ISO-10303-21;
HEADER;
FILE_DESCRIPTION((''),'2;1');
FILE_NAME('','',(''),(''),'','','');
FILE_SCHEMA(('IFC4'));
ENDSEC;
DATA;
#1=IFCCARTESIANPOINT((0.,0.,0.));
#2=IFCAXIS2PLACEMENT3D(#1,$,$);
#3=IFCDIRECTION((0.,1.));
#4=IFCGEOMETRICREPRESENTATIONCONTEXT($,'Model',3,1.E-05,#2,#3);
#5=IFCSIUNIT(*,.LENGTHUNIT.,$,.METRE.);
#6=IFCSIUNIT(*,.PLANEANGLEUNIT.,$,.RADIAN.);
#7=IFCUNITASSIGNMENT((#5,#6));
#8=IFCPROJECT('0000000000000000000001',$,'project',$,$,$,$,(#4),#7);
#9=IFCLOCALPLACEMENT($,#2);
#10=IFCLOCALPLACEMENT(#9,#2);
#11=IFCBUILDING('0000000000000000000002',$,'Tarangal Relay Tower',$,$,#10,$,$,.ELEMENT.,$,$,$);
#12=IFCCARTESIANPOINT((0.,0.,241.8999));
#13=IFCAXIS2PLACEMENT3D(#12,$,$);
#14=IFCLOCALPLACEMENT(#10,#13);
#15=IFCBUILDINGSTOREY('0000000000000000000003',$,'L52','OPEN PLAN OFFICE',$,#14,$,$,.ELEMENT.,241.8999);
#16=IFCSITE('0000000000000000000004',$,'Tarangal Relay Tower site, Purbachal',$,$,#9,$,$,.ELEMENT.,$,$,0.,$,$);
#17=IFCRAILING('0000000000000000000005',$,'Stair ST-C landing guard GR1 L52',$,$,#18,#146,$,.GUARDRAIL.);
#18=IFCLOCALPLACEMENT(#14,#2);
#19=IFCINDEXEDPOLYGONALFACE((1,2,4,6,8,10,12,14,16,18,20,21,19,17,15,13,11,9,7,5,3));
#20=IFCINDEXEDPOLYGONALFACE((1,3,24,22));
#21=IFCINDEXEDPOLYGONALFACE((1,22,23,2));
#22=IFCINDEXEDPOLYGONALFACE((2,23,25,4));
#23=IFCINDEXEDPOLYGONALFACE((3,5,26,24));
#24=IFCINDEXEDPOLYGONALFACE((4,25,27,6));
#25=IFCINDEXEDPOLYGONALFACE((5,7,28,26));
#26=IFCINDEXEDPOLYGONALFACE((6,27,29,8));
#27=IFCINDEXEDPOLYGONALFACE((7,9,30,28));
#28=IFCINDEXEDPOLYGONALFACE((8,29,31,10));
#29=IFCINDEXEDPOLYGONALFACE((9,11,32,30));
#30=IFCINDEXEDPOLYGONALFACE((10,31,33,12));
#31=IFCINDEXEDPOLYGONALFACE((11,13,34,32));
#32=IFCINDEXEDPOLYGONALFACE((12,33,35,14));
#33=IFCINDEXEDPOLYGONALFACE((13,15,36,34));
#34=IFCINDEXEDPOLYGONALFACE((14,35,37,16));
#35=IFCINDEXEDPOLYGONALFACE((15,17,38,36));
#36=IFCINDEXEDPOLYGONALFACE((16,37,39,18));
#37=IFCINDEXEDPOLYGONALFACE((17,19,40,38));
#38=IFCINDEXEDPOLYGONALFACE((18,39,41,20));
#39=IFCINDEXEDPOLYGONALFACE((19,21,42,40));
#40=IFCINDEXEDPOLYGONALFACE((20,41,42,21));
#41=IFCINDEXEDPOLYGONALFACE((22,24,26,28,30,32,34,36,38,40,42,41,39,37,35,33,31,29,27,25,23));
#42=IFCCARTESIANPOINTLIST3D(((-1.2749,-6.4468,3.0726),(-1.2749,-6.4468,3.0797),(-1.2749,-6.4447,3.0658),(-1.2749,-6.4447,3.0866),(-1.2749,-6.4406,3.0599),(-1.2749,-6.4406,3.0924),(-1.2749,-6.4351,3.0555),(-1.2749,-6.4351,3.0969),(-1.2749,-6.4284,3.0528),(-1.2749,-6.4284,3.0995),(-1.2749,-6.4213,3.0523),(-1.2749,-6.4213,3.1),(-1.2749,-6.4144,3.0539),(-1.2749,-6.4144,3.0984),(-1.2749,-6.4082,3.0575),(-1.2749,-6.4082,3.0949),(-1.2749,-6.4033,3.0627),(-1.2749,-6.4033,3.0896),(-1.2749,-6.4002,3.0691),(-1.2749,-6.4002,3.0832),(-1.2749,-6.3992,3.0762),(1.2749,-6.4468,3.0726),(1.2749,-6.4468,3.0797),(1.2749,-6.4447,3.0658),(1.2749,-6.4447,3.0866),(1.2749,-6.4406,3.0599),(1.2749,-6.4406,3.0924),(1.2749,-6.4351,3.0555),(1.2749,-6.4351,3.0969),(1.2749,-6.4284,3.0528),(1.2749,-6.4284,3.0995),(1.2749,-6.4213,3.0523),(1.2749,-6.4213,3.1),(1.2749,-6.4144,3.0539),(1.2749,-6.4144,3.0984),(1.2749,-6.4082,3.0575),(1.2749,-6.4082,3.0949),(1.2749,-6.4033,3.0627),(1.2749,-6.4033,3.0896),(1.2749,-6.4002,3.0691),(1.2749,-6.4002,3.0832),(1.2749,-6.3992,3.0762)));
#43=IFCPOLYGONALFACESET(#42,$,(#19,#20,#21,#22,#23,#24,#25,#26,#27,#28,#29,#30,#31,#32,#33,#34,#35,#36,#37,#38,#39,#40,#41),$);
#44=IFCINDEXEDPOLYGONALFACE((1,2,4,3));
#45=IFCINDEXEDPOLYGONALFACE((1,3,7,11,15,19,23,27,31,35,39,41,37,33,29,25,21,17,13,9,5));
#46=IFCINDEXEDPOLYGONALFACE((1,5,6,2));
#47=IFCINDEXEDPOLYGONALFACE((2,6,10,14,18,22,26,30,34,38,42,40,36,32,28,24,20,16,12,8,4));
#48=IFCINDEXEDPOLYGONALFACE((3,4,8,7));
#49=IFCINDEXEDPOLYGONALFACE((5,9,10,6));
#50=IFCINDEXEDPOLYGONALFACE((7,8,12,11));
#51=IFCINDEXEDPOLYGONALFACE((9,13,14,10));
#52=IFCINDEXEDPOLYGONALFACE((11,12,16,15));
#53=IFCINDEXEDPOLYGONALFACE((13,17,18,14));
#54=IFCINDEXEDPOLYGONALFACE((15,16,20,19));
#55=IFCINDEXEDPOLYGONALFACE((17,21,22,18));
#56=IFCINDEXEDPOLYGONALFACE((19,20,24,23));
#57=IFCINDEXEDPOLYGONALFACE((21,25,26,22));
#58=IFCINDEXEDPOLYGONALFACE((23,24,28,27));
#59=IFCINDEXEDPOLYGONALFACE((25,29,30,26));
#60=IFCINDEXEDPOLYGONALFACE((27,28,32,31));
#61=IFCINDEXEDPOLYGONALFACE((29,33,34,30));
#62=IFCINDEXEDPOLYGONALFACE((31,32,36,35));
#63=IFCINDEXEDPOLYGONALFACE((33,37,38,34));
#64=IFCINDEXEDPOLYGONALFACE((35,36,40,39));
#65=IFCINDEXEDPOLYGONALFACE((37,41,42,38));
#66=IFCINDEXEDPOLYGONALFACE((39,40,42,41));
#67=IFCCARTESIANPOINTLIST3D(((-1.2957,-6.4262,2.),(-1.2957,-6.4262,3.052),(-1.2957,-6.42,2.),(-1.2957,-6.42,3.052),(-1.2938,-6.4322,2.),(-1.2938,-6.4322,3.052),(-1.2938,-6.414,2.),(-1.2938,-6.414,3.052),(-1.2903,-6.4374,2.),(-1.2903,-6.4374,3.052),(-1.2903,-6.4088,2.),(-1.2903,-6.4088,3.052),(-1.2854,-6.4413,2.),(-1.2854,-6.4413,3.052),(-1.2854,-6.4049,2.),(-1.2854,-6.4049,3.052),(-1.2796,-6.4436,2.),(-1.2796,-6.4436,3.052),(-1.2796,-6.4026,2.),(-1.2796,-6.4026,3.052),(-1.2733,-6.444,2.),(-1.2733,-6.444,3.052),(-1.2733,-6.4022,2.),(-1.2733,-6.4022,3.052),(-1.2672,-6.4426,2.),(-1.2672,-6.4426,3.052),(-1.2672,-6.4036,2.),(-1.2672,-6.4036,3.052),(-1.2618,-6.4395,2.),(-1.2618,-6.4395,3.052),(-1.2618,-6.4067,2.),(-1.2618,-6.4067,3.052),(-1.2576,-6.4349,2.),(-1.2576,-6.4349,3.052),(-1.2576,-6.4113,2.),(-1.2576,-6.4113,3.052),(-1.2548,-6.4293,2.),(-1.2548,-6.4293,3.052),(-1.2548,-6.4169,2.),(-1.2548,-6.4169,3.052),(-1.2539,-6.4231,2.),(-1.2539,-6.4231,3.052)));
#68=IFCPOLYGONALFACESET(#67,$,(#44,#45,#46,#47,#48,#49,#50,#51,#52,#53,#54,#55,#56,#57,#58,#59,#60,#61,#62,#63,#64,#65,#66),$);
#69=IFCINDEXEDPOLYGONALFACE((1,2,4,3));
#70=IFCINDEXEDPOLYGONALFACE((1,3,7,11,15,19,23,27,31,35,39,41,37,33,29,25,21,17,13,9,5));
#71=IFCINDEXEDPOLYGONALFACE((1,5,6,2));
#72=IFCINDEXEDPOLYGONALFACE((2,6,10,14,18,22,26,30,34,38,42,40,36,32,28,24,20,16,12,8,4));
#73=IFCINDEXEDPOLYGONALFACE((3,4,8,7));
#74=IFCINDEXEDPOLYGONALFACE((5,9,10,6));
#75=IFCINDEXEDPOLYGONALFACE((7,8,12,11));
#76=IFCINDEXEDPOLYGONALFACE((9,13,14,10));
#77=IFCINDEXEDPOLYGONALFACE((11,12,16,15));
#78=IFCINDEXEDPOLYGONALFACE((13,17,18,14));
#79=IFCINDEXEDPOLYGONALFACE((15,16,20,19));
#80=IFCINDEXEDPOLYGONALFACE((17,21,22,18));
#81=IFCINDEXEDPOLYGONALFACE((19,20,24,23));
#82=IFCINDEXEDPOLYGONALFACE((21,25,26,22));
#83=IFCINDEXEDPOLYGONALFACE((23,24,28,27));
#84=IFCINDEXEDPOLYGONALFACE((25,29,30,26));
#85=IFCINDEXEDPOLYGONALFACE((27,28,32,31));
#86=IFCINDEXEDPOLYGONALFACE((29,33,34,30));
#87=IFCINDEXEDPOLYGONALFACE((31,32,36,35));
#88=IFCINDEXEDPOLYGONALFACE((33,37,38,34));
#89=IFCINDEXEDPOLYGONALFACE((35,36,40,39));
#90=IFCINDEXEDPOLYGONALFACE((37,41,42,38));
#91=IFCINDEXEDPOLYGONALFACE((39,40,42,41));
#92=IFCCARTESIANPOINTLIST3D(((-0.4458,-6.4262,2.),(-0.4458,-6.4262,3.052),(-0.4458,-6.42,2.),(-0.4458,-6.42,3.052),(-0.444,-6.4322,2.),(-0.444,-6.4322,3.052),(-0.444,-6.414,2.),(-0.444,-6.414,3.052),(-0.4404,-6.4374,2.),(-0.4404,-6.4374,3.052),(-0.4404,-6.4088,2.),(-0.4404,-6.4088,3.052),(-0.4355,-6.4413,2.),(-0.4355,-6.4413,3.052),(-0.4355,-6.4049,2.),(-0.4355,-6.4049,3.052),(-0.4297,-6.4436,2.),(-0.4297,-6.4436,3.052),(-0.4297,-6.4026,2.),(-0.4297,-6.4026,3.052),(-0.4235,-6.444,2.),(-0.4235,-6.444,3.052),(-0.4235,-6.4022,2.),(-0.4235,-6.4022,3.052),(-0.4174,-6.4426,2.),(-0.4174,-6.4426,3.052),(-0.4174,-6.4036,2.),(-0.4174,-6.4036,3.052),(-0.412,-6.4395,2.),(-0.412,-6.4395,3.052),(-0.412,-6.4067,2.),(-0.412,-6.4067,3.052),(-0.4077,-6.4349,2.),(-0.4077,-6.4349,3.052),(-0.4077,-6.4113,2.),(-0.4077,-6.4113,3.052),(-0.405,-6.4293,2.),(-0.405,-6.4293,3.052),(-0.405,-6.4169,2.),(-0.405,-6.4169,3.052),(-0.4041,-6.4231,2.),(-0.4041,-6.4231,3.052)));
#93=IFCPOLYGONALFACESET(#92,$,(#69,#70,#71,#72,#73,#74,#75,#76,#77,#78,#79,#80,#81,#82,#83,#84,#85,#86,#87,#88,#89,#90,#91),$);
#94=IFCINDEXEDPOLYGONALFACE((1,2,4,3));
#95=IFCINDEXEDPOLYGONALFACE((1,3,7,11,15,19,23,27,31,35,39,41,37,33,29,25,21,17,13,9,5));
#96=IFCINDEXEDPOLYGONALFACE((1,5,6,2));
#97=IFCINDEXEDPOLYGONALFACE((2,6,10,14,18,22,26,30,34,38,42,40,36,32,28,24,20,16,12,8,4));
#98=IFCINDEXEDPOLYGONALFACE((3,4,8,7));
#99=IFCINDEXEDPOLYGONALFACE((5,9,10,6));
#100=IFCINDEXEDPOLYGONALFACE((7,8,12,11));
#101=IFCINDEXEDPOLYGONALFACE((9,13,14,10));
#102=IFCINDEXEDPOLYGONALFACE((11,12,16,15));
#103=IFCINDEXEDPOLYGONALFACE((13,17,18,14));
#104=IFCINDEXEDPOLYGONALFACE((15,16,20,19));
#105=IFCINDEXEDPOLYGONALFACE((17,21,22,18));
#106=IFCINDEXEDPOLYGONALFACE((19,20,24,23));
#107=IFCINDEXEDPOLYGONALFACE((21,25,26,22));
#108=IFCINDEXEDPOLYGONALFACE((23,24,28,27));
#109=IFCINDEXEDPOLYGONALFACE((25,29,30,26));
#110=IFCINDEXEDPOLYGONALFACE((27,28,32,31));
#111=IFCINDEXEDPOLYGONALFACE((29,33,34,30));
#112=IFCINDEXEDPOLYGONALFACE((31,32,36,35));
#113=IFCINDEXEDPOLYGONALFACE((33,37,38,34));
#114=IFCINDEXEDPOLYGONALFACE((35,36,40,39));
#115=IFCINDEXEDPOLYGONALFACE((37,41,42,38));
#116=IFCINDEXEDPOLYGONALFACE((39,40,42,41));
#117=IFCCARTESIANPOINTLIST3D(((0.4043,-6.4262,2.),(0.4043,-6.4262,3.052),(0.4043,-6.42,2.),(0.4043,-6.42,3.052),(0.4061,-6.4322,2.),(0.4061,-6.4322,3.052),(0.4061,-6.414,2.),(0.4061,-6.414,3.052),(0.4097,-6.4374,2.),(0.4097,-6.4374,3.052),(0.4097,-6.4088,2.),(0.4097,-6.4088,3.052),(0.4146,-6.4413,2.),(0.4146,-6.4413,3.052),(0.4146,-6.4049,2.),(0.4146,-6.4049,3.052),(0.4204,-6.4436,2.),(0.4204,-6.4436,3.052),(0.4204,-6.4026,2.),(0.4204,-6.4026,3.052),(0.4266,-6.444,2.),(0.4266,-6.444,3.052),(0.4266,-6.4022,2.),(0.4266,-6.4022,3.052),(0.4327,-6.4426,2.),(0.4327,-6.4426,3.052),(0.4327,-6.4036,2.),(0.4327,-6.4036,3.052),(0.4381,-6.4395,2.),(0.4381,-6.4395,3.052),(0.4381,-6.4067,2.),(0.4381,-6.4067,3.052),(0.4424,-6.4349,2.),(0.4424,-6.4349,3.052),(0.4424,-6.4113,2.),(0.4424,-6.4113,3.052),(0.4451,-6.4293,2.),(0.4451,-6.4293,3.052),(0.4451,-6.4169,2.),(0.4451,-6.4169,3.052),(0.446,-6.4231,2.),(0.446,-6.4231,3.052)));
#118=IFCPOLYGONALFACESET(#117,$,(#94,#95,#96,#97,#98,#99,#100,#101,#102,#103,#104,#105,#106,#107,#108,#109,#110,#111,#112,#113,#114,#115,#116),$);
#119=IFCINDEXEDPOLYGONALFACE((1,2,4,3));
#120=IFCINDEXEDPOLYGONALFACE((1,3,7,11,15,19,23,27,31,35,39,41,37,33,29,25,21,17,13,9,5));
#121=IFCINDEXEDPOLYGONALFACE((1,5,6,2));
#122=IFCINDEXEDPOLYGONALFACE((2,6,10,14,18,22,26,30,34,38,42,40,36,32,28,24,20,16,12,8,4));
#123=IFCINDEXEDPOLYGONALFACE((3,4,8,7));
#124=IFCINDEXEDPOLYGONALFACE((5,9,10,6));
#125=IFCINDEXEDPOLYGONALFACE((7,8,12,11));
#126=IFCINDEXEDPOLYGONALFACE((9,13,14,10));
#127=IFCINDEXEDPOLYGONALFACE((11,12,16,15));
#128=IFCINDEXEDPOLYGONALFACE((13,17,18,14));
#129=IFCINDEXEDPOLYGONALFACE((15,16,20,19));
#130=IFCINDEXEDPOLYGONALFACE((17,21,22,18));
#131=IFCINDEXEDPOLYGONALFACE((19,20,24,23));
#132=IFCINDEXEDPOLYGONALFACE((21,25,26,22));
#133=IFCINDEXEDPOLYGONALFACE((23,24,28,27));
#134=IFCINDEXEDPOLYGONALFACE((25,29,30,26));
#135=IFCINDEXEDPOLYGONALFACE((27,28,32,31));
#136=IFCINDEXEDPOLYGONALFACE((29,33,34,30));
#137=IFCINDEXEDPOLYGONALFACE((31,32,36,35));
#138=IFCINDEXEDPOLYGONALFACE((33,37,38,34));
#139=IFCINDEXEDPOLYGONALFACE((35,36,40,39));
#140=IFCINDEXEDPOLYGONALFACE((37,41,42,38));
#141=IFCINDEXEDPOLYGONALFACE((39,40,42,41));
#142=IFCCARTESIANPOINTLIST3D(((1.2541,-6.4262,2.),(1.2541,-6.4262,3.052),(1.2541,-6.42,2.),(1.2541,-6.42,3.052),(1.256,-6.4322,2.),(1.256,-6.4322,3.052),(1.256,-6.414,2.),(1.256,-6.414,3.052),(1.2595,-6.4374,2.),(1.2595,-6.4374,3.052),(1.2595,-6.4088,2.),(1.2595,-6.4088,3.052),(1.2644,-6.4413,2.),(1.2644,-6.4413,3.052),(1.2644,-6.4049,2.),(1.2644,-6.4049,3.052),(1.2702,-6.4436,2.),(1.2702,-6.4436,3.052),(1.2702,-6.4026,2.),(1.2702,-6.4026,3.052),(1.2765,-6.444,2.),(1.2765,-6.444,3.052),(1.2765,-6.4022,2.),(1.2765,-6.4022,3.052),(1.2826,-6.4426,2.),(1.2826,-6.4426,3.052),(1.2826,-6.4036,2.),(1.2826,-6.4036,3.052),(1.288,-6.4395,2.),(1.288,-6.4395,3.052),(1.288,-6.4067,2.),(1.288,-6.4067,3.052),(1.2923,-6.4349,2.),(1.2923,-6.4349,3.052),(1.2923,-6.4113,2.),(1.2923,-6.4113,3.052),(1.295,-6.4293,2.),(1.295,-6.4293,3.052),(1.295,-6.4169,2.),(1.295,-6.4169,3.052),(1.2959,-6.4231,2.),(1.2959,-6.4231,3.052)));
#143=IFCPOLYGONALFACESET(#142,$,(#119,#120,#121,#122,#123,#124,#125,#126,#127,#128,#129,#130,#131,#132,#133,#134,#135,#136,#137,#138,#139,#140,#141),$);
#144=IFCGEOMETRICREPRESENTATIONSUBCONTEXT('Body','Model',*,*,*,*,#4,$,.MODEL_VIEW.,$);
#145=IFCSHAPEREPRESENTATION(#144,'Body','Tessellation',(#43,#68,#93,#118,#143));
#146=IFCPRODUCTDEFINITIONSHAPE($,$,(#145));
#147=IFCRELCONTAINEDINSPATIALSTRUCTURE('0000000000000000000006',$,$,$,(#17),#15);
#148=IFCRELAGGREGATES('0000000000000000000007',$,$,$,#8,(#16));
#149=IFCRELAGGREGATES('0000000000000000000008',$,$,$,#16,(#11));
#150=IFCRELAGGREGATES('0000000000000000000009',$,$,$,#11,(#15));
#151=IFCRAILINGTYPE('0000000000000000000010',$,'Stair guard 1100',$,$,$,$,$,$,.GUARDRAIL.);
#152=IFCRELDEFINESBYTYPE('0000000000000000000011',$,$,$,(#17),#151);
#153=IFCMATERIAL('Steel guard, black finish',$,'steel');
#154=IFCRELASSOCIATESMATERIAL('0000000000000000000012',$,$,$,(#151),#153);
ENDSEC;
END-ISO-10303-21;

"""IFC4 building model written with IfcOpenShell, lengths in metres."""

from ifc_helpers import new_model, si_unit, direction, frame, origin, origin_2d, place, context, subcontext, project, spatial, circle, extrude, material, type_object, element, save


model = new_model("IFC4")

# Units and contexts
model_context = context("Model", 3, precision=1e-05, world=origin(), true_north=direction((0.0, 1.0)))
body_context = subcontext(model_context, "Body", "Model", "MODEL_VIEW")
ifc_project = project(units=[si_unit("LENGTHUNIT", "METRE"), si_unit("PLANEANGLEUNIT", "RADIAN")], contexts=[model_context])

# Site, building, storey
site_placement = place(None, origin())
site = spatial("IfcSite", under=ifc_project, at=site_placement, Name="Tarangal Relay Tower site, Purbachal", CompositionType="ELEMENT", RefElevation=0.0)
building_placement = place(site_placement, origin())
building = spatial("IfcBuilding", under=site, at=building_placement, Name="Tarangal Relay Tower", CompositionType="ELEMENT")
storey_placement = place(building_placement, frame((0.0, 0.0, 241.8999)))
storey = spatial("IfcBuildingStorey", under=building, at=storey_placement, Name="L52", Description="OPEN PLAN OFFICE", CompositionType="ELEMENT", Elevation=241.8999)

# Railing
ifc_material_1 = material(Name="Steel guard, black finish", Category="steel")
railing_type = type_object("IfcRailingType", Name="Stair guard 1100", PredefinedType="GUARDRAIL", material=ifc_material_1)
railing_placement = place(storey_placement, frame((-1.2749, -6.4231, 2.0)))
element("IfcRailing", 1, at=railing_placement, inside=storey, type_object=railing_type, Name="Stair ST-C landing guard GR1 L52", PredefinedType="GUARDRAIL", context=body_context, shape_type="SweptSolid", body=[
    extrude(circle(Radius=0.0239, at=origin_2d()), frame((0.0, 0.0, 1.0762), z_axis=(1.0, 0.0, 0.0), x_axis=(0.0, 1.0, 0.0)), (0.0, 0.0, 1.0), 2.5498),
    extrude(circle(Radius=0.021, at=origin_2d()), origin(), (0.0, 0.0, 1.0), 1.052),
    extrude(circle(Radius=0.021, at=origin_2d()), frame((0.8499, 0.0, 0.0)), (0.0, 0.0, 1.0), 1.052),
    extrude(circle(Radius=0.021, at=origin_2d()), frame((1.7, 0.0, 0.0)), (0.0, 0.0, 1.0), 1.052),
    extrude(circle(Radius=0.021, at=origin_2d()), frame((2.5498, 0.0, 0.0)), (0.0, 0.0, 1.0), 1.052),
])

save(model, "model.ifc")
